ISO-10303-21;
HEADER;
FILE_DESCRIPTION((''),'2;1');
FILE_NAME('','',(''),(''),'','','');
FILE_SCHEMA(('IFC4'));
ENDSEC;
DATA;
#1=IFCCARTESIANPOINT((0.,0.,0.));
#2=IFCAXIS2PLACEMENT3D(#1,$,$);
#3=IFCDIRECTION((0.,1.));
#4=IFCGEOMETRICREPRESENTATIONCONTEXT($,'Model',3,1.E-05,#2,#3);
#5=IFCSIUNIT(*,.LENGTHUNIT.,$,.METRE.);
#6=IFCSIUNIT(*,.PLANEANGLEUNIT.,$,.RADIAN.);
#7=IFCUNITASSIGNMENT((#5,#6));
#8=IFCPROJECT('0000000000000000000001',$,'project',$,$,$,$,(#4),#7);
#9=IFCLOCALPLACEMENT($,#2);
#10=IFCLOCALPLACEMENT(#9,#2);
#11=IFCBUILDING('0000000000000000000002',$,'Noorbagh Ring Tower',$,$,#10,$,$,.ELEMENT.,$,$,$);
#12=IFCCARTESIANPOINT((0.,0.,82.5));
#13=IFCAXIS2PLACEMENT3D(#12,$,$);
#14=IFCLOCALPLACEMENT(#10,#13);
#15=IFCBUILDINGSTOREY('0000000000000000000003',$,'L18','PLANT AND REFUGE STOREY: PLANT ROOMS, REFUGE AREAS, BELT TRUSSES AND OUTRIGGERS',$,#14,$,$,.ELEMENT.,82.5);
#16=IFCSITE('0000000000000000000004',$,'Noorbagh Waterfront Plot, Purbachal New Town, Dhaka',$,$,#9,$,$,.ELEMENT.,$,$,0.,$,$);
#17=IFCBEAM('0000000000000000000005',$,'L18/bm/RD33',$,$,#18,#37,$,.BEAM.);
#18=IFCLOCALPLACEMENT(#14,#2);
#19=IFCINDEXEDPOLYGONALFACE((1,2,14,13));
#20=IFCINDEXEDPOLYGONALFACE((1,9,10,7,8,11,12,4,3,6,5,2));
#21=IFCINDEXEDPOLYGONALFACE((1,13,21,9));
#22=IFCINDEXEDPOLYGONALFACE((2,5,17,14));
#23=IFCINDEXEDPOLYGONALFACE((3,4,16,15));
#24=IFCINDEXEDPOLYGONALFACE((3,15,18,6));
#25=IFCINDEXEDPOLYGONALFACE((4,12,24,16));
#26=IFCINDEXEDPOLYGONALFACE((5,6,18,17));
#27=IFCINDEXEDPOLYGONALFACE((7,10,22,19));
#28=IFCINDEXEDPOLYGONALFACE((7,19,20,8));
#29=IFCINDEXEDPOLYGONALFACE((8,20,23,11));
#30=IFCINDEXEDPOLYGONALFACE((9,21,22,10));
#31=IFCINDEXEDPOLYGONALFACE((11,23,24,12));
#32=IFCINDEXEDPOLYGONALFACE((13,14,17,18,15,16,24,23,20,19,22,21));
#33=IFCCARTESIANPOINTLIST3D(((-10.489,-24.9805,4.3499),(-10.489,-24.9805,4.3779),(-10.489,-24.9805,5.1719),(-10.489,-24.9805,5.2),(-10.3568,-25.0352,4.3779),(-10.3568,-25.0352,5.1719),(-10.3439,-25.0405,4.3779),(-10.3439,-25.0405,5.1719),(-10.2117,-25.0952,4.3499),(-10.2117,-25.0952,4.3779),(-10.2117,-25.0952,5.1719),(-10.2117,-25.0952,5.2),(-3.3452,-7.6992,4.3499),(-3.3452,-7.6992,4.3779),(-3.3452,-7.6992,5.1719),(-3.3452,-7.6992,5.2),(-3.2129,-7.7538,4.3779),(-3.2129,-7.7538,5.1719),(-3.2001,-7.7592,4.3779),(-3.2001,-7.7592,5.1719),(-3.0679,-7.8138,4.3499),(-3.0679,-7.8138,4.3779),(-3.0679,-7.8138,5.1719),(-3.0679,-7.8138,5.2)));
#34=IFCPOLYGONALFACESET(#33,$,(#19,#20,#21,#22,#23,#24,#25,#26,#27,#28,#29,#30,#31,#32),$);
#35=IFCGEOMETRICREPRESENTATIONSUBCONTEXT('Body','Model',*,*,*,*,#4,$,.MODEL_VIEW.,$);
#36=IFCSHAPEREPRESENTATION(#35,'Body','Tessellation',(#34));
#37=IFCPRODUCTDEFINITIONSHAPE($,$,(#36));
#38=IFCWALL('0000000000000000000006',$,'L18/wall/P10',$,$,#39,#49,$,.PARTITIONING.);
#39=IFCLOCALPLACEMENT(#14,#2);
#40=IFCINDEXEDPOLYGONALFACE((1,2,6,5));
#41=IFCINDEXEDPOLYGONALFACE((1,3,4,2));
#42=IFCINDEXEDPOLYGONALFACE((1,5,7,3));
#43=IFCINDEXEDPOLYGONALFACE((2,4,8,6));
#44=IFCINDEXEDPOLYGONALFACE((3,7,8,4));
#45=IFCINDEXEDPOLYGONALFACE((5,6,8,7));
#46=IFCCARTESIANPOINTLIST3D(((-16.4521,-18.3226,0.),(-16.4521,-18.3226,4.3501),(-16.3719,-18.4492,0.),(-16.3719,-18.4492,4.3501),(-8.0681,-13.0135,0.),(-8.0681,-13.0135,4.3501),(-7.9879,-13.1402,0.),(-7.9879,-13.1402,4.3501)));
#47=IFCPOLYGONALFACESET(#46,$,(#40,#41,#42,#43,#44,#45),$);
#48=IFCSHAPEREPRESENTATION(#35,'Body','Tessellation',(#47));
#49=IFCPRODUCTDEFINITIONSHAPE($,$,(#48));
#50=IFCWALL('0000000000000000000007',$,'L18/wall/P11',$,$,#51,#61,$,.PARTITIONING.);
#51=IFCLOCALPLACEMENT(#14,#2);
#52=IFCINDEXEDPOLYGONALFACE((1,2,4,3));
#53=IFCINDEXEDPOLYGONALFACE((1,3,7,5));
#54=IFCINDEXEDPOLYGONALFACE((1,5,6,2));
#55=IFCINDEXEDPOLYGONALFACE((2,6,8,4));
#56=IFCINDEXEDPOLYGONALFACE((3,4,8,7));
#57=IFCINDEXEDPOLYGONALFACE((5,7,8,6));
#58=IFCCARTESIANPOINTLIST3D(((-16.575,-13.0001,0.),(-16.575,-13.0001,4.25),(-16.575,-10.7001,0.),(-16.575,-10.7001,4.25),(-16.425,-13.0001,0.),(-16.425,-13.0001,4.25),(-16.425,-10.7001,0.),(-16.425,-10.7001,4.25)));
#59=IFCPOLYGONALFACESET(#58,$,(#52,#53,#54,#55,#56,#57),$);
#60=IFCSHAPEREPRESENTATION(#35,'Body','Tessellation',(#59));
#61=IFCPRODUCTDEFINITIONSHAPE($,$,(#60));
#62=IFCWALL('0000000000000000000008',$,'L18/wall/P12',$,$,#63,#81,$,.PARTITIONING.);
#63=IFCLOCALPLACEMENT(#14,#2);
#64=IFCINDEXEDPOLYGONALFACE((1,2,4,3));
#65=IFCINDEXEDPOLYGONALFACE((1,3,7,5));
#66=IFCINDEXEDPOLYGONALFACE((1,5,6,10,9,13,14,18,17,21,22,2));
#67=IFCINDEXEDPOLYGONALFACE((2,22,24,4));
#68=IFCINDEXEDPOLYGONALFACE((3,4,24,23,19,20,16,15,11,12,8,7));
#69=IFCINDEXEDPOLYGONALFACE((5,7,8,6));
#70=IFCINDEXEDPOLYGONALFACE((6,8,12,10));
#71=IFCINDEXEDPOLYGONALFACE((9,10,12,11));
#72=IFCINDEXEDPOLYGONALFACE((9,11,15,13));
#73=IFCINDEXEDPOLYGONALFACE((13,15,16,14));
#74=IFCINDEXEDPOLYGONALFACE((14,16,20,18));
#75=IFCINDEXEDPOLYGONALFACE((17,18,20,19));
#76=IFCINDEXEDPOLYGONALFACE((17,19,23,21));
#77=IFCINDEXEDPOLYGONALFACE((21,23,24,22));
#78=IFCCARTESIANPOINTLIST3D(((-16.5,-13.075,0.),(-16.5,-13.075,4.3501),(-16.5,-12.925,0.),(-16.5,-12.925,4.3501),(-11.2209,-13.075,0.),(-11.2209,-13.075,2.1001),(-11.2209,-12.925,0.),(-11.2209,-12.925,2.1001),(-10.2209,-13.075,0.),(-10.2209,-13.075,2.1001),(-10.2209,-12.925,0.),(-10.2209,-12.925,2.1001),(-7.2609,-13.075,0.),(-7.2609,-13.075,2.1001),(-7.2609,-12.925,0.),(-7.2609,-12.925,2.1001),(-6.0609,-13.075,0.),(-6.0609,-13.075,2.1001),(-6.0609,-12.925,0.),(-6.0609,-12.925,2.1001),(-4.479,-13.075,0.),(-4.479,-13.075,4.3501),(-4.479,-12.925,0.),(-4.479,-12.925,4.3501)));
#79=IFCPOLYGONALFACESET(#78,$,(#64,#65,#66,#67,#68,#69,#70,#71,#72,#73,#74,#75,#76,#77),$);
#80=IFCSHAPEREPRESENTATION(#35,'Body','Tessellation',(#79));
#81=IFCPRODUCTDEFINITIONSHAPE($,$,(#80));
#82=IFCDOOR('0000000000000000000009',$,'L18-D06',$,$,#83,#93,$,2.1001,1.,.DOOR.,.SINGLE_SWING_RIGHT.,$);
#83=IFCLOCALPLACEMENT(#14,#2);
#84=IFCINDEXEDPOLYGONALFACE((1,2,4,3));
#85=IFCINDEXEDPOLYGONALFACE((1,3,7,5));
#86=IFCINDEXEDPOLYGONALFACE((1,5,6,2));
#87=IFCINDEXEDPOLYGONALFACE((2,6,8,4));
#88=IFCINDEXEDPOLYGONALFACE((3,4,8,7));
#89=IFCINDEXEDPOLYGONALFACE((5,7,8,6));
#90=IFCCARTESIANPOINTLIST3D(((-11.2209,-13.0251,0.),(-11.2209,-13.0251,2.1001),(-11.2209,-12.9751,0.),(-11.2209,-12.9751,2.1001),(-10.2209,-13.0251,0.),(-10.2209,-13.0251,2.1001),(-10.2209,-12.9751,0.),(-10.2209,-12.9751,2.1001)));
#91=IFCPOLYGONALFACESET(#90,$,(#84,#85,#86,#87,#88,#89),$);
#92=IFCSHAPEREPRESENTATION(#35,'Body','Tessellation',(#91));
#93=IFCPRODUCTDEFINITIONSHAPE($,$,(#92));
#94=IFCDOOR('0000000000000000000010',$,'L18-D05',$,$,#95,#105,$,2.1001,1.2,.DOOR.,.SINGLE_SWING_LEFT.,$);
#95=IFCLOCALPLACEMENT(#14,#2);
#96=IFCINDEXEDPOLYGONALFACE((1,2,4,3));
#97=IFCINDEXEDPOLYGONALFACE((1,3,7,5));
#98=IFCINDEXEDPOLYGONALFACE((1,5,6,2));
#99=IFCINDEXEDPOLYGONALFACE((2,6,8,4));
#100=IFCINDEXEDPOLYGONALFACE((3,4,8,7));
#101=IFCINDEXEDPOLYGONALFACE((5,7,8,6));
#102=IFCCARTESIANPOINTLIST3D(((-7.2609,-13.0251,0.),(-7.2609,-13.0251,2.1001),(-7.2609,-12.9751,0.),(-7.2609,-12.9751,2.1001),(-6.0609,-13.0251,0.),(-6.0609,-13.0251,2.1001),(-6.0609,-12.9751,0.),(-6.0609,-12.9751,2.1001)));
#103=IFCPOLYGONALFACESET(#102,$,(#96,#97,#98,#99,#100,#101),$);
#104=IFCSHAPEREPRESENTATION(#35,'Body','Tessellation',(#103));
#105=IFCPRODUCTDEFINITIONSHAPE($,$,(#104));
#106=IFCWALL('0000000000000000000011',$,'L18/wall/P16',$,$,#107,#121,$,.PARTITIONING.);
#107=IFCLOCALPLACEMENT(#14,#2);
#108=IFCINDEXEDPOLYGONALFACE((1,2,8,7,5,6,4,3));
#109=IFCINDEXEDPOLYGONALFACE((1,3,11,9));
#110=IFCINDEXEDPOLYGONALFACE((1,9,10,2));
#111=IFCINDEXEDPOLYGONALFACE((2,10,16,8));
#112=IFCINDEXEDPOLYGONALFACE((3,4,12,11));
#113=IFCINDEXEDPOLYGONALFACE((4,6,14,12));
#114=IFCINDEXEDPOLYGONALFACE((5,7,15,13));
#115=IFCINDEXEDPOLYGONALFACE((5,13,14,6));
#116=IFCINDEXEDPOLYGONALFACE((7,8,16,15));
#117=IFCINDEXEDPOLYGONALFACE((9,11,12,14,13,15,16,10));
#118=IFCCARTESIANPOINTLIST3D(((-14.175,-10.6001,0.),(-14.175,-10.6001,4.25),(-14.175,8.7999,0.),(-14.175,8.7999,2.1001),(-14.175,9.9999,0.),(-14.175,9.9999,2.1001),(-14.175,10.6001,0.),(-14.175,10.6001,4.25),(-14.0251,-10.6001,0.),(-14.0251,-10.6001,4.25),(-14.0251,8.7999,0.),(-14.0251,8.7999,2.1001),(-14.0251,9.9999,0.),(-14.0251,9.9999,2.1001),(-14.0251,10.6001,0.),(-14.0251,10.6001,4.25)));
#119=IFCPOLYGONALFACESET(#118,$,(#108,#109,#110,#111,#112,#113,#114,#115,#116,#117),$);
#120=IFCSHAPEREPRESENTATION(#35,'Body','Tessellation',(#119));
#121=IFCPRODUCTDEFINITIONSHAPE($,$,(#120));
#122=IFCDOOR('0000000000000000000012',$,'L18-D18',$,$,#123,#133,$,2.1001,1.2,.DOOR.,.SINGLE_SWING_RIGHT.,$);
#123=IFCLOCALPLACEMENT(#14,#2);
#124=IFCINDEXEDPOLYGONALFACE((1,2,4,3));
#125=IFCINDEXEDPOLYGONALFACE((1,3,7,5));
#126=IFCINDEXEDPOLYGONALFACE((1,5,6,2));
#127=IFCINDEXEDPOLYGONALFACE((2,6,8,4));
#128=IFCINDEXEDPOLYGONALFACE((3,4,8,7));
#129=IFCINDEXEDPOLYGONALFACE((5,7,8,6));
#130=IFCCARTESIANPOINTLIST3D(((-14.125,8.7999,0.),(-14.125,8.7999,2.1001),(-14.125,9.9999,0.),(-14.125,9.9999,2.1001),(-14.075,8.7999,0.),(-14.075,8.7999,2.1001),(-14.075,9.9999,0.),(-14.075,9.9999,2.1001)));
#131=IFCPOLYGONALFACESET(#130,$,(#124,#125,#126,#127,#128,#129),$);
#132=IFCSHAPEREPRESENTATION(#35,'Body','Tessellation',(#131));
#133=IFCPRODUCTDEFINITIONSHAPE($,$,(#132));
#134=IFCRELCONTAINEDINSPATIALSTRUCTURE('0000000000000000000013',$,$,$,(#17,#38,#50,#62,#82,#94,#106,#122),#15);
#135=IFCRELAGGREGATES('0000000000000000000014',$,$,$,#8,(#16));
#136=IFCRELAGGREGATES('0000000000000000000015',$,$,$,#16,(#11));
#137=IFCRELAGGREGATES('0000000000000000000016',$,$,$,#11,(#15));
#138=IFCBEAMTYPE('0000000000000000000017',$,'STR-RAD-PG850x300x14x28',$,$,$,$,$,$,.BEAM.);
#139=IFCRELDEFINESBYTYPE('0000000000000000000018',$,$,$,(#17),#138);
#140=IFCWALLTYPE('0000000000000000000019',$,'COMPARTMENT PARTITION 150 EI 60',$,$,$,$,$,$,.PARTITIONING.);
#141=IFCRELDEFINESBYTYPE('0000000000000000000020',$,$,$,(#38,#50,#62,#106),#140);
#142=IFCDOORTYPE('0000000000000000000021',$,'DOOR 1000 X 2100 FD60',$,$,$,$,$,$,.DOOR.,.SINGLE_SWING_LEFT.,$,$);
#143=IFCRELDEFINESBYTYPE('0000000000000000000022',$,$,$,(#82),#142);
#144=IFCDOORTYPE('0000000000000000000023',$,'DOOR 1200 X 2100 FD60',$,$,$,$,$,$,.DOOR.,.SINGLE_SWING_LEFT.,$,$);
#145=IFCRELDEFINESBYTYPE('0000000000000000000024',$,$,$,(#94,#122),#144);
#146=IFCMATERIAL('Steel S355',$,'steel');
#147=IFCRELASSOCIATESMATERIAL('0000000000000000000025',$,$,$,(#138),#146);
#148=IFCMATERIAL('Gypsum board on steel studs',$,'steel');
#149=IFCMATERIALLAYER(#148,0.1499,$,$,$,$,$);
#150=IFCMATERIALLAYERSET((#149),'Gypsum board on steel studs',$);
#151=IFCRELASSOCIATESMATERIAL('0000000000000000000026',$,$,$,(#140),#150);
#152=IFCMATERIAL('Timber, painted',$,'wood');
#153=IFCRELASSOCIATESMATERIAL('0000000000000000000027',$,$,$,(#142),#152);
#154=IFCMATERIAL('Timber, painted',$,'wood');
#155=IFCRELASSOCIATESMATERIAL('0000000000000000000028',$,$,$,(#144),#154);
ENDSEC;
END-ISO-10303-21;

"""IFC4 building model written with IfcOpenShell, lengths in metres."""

from ifc_helpers import new_model, si_unit, direction, frame, frame_2d, origin, origin_2d, place, context, subcontext, project, spatial, rectangle, i_section, extrude, material, layer, layer_set, material_profile, profile_set, type_object, element, fill, save


model = new_model("IFC4")

# Units and contexts
model_context = context("Model", 3, precision=1e-05, world=origin(), true_north=direction((0.0, 1.0)))
body_context = subcontext(model_context, "Body", "Model", "MODEL_VIEW")
ifc_project = project(units=[si_unit("LENGTHUNIT", "METRE"), si_unit("PLANEANGLEUNIT", "RADIAN")], contexts=[model_context])

# Site, building, storey
site_placement = place(None, origin())
site = spatial("IfcSite", under=ifc_project, at=site_placement, Name="Noorbagh Waterfront Plot, Purbachal New Town, Dhaka", CompositionType="ELEMENT", RefElevation=0.0)
building_placement = place(site_placement, origin())
building = spatial("IfcBuilding", under=site, at=building_placement, Name="Noorbagh Ring Tower", CompositionType="ELEMENT")
storey_placement = place(building_placement, frame((0.0, 0.0, 82.5)))
storey = spatial("IfcBuildingStorey", under=building, at=storey_placement, Name="L18", Description="PLANT AND REFUGE STOREY: PLANT ROOMS, REFUGE AREAS, BELT TRUSSES AND OUTRIGGERS", CompositionType="ELEMENT", Elevation=82.5)

# Beam
ifc_material_1 = material(Name="Steel S355", Category="steel")
ifc_material_profile_1 = material_profile(ifc_material_1, i_section(OverallWidth=0.3, OverallDepth=0.8501, WebThickness=0.0139, FlangeThickness=0.0281, at=origin_2d()), Name="PG850x300x14x28")
ifc_profile_set_1 = profile_set([ifc_material_profile_1], Name="Steel S355")
beam_type_1 = type_object("IfcBeamType", Name="STR-RAD-PG850x300x14x28", PredefinedType="BEAM", material=ifc_profile_set_1)
beam_1_placement = place(storey_placement, frame((-10.3503, -25.0378, 4.7749), z_axis=(0.382029, 0.92415, 0.0), x_axis=(-0.92415, 0.382029, 0.0)))
element("IfcBeam", 1, at=beam_1_placement, inside=storey, type_object=beam_type_1, Name="L18/bm/RD33", PredefinedType="BEAM", context=body_context, shape_type="SweptSolid", body=[
    extrude(i_section(OverallWidth=0.3, OverallDepth=0.8501, WebThickness=0.0139, FlangeThickness=0.0281, at=origin_2d()), origin(), (0.0, 0.0, 1.0), 18.6997),
])

# Walls
ifc_material_2 = material(Name="Gypsum board on steel studs", Category="steel")
ifc_layer_1 = layer(ifc_material_2, 0.1499)
ifc_layer_set_1 = layer_set([ifc_layer_1], Name="Gypsum board on steel studs")
wall_type = type_object("IfcWallType", Name="COMPARTMENT PARTITION 150 EI 60", PredefinedType="PARTITIONING", material=ifc_layer_set_1)
wall_1_placement = place(storey_placement, frame((-16.4121, -18.386, 0.0), z_axis=(0.0, 0.0, 1.0), x_axis=(0.844856, 0.534994, 0.0)))
element("IfcWall", 2, at=wall_1_placement, inside=storey, type_object=wall_type, Name="L18/wall/P10", PredefinedType="PARTITIONING", context=body_context, shape_type="SweptSolid", body=[
    extrude(rectangle(XDim=9.9236, YDim=0.1499, at=frame_2d((4.9619, 0.0))), origin(), (0.0, 0.0, 1.0), 4.3501),
])
wall_2_placement = place(storey_placement, frame((-16.5, -13.0, 0.0), z_axis=(0.0, 0.0, 1.0), x_axis=(0.0, 1.0, 0.0)))
element("IfcWall", 3, at=wall_2_placement, inside=storey, type_object=wall_type, Name="L18/wall/P11", PredefinedType="PARTITIONING", context=body_context, shape_type="SweptSolid", body=[
    extrude(rectangle(XDim=2.3, YDim=0.1499, at=frame_2d((1.1499, 0.0))), origin(), (0.0, 0.0, 1.0), 4.25),
])

# Wall, openings, doors
wall_3_placement = place(storey_placement, frame((-16.5, -13.0, 0.0), z_axis=(0.0, 0.0, 1.0), x_axis=(1.0, 0.0, 0.0)))
wall_3 = element("IfcWall", 4, at=wall_3_placement, inside=storey, type_object=wall_type, Name="L18/wall/P12", PredefinedType="PARTITIONING", context=body_context, shape_type="SweptSolid", body=[
    extrude(rectangle(XDim=12.021, YDim=0.1499, at=frame_2d((6.0105, 0.0))), origin(), (0.0, 0.0, 1.0), 4.3501),
])
opening_1_placement = place(wall_3_placement, frame((9.239, 0.0, 0.0)))
opening_1 = element("IfcOpeningElement", 5, at=opening_1_placement, cuts=wall_3, PredefinedType="OPENING", context=body_context, shape_type="SweptSolid", body=[
    extrude(rectangle(XDim=1.2, YDim=2.1001, at=frame_2d((0.6001, 1.05))), frame((0.0, 0.085, 0.0), z_axis=(0.0, -1.0, 0.0), x_axis=(1.0, 0.0, 0.0)), (0.0, 0.0, 1.0), 0.1699),
])
opening_2_placement = place(wall_3_placement, frame((5.2791, 0.0, 0.0)))
opening_2 = element("IfcOpeningElement", 6, at=opening_2_placement, cuts=wall_3, PredefinedType="OPENING", context=body_context, shape_type="SweptSolid", body=[
    extrude(rectangle(XDim=1.0, YDim=2.1001, at=frame_2d((0.5, 1.05))), frame((0.0, 0.085, 0.0), z_axis=(0.0, -1.0, 0.0), x_axis=(1.0, 0.0, 0.0)), (0.0, 0.0, 1.0), 0.1699),
])
ifc_material_3 = material(Name="Timber, painted", Category="wood")
door_type_1 = type_object("IfcDoorType", Name="DOOR 1000 X 2100 FD60", OperationType="SINGLE_SWING_LEFT", PredefinedType="DOOR", material=ifc_material_3)
door_1_placement = place(opening_2_placement, origin())
door_1 = element("IfcDoor", 7, at=door_1_placement, inside=storey, type_object=door_type_1, Name="L18-D06", OperationType="SINGLE_SWING_RIGHT", OverallHeight=2.1001, OverallWidth=1.0, PredefinedType="DOOR", context=body_context, shape_type="SweptSolid", body=[
    extrude(rectangle(XDim=1.0, YDim=2.1001, at=frame_2d((0.5, 1.05))), frame((0.0, 0.0249, 0.0), z_axis=(0.0, -1.0, 0.0), x_axis=(1.0, 0.0, 0.0)), (0.0, 0.0, 1.0), 0.05),
])
fill(opening_2, door_1)
ifc_material_4 = material(Name="Timber, painted", Category="wood")
door_type_2 = type_object("IfcDoorType", Name="DOOR 1200 X 2100 FD60", OperationType="SINGLE_SWING_LEFT", PredefinedType="DOOR", material=ifc_material_4)
door_2_placement = place(opening_1_placement, origin())
door_2 = element("IfcDoor", 8, at=door_2_placement, inside=storey, type_object=door_type_2, Name="L18-D05", OperationType="SINGLE_SWING_LEFT", OverallHeight=2.1001, OverallWidth=1.2, PredefinedType="DOOR", context=body_context, shape_type="SweptSolid", body=[
    extrude(rectangle(XDim=1.2, YDim=2.1001, at=frame_2d((0.6001, 1.05))), frame((0.0, 0.0249, 0.0), z_axis=(0.0, -1.0, 0.0), x_axis=(1.0, 0.0, 0.0)), (0.0, 0.0, 1.0), 0.05),
])
fill(opening_1, door_2)

# Wall, opening, door
wall_4_placement = place(storey_placement, frame((-14.1001, -10.6001, 0.0), z_axis=(0.0, 0.0, 1.0), x_axis=(0.0, 1.0, 0.0)))
wall_4 = element("IfcWall", 9, at=wall_4_placement, inside=storey, type_object=wall_type, Name="L18/wall/P16", PredefinedType="PARTITIONING", context=body_context, shape_type="SweptSolid", body=[
    extrude(rectangle(XDim=21.2002, YDim=0.1499, at=frame_2d((10.6001, 0.0))), origin(), (0.0, 0.0, 1.0), 4.25),
])
opening_3_placement = place(wall_4_placement, frame((19.3999, 0.0, 0.0)))
opening_3 = element("IfcOpeningElement", 10, at=opening_3_placement, cuts=wall_4, PredefinedType="OPENING", context=body_context, shape_type="SweptSolid", body=[
    extrude(rectangle(XDim=1.2, YDim=2.1001, at=frame_2d((0.6001, 1.05))), frame((0.0, 0.085, 0.0), z_axis=(0.0, -1.0, 0.0), x_axis=(1.0, 0.0, 0.0)), (0.0, 0.0, 1.0), 0.1699),
])
door_3_placement = place(opening_3_placement, origin())
door_3 = element("IfcDoor", 11, at=door_3_placement, inside=storey, type_object=door_type_2, Name="L18-D18", OperationType="SINGLE_SWING_RIGHT", OverallHeight=2.1001, OverallWidth=1.2, PredefinedType="DOOR", context=body_context, shape_type="SweptSolid", body=[
    extrude(rectangle(XDim=1.2, YDim=2.1001, at=frame_2d((0.6001, 1.05))), frame((0.0, 0.0249, 0.0), z_axis=(0.0, -1.0, 0.0), x_axis=(1.0, 0.0, 0.0)), (0.0, 0.0, 1.0), 0.05),
])
fill(opening_3, door_3)

save(model, "model.ifc")
